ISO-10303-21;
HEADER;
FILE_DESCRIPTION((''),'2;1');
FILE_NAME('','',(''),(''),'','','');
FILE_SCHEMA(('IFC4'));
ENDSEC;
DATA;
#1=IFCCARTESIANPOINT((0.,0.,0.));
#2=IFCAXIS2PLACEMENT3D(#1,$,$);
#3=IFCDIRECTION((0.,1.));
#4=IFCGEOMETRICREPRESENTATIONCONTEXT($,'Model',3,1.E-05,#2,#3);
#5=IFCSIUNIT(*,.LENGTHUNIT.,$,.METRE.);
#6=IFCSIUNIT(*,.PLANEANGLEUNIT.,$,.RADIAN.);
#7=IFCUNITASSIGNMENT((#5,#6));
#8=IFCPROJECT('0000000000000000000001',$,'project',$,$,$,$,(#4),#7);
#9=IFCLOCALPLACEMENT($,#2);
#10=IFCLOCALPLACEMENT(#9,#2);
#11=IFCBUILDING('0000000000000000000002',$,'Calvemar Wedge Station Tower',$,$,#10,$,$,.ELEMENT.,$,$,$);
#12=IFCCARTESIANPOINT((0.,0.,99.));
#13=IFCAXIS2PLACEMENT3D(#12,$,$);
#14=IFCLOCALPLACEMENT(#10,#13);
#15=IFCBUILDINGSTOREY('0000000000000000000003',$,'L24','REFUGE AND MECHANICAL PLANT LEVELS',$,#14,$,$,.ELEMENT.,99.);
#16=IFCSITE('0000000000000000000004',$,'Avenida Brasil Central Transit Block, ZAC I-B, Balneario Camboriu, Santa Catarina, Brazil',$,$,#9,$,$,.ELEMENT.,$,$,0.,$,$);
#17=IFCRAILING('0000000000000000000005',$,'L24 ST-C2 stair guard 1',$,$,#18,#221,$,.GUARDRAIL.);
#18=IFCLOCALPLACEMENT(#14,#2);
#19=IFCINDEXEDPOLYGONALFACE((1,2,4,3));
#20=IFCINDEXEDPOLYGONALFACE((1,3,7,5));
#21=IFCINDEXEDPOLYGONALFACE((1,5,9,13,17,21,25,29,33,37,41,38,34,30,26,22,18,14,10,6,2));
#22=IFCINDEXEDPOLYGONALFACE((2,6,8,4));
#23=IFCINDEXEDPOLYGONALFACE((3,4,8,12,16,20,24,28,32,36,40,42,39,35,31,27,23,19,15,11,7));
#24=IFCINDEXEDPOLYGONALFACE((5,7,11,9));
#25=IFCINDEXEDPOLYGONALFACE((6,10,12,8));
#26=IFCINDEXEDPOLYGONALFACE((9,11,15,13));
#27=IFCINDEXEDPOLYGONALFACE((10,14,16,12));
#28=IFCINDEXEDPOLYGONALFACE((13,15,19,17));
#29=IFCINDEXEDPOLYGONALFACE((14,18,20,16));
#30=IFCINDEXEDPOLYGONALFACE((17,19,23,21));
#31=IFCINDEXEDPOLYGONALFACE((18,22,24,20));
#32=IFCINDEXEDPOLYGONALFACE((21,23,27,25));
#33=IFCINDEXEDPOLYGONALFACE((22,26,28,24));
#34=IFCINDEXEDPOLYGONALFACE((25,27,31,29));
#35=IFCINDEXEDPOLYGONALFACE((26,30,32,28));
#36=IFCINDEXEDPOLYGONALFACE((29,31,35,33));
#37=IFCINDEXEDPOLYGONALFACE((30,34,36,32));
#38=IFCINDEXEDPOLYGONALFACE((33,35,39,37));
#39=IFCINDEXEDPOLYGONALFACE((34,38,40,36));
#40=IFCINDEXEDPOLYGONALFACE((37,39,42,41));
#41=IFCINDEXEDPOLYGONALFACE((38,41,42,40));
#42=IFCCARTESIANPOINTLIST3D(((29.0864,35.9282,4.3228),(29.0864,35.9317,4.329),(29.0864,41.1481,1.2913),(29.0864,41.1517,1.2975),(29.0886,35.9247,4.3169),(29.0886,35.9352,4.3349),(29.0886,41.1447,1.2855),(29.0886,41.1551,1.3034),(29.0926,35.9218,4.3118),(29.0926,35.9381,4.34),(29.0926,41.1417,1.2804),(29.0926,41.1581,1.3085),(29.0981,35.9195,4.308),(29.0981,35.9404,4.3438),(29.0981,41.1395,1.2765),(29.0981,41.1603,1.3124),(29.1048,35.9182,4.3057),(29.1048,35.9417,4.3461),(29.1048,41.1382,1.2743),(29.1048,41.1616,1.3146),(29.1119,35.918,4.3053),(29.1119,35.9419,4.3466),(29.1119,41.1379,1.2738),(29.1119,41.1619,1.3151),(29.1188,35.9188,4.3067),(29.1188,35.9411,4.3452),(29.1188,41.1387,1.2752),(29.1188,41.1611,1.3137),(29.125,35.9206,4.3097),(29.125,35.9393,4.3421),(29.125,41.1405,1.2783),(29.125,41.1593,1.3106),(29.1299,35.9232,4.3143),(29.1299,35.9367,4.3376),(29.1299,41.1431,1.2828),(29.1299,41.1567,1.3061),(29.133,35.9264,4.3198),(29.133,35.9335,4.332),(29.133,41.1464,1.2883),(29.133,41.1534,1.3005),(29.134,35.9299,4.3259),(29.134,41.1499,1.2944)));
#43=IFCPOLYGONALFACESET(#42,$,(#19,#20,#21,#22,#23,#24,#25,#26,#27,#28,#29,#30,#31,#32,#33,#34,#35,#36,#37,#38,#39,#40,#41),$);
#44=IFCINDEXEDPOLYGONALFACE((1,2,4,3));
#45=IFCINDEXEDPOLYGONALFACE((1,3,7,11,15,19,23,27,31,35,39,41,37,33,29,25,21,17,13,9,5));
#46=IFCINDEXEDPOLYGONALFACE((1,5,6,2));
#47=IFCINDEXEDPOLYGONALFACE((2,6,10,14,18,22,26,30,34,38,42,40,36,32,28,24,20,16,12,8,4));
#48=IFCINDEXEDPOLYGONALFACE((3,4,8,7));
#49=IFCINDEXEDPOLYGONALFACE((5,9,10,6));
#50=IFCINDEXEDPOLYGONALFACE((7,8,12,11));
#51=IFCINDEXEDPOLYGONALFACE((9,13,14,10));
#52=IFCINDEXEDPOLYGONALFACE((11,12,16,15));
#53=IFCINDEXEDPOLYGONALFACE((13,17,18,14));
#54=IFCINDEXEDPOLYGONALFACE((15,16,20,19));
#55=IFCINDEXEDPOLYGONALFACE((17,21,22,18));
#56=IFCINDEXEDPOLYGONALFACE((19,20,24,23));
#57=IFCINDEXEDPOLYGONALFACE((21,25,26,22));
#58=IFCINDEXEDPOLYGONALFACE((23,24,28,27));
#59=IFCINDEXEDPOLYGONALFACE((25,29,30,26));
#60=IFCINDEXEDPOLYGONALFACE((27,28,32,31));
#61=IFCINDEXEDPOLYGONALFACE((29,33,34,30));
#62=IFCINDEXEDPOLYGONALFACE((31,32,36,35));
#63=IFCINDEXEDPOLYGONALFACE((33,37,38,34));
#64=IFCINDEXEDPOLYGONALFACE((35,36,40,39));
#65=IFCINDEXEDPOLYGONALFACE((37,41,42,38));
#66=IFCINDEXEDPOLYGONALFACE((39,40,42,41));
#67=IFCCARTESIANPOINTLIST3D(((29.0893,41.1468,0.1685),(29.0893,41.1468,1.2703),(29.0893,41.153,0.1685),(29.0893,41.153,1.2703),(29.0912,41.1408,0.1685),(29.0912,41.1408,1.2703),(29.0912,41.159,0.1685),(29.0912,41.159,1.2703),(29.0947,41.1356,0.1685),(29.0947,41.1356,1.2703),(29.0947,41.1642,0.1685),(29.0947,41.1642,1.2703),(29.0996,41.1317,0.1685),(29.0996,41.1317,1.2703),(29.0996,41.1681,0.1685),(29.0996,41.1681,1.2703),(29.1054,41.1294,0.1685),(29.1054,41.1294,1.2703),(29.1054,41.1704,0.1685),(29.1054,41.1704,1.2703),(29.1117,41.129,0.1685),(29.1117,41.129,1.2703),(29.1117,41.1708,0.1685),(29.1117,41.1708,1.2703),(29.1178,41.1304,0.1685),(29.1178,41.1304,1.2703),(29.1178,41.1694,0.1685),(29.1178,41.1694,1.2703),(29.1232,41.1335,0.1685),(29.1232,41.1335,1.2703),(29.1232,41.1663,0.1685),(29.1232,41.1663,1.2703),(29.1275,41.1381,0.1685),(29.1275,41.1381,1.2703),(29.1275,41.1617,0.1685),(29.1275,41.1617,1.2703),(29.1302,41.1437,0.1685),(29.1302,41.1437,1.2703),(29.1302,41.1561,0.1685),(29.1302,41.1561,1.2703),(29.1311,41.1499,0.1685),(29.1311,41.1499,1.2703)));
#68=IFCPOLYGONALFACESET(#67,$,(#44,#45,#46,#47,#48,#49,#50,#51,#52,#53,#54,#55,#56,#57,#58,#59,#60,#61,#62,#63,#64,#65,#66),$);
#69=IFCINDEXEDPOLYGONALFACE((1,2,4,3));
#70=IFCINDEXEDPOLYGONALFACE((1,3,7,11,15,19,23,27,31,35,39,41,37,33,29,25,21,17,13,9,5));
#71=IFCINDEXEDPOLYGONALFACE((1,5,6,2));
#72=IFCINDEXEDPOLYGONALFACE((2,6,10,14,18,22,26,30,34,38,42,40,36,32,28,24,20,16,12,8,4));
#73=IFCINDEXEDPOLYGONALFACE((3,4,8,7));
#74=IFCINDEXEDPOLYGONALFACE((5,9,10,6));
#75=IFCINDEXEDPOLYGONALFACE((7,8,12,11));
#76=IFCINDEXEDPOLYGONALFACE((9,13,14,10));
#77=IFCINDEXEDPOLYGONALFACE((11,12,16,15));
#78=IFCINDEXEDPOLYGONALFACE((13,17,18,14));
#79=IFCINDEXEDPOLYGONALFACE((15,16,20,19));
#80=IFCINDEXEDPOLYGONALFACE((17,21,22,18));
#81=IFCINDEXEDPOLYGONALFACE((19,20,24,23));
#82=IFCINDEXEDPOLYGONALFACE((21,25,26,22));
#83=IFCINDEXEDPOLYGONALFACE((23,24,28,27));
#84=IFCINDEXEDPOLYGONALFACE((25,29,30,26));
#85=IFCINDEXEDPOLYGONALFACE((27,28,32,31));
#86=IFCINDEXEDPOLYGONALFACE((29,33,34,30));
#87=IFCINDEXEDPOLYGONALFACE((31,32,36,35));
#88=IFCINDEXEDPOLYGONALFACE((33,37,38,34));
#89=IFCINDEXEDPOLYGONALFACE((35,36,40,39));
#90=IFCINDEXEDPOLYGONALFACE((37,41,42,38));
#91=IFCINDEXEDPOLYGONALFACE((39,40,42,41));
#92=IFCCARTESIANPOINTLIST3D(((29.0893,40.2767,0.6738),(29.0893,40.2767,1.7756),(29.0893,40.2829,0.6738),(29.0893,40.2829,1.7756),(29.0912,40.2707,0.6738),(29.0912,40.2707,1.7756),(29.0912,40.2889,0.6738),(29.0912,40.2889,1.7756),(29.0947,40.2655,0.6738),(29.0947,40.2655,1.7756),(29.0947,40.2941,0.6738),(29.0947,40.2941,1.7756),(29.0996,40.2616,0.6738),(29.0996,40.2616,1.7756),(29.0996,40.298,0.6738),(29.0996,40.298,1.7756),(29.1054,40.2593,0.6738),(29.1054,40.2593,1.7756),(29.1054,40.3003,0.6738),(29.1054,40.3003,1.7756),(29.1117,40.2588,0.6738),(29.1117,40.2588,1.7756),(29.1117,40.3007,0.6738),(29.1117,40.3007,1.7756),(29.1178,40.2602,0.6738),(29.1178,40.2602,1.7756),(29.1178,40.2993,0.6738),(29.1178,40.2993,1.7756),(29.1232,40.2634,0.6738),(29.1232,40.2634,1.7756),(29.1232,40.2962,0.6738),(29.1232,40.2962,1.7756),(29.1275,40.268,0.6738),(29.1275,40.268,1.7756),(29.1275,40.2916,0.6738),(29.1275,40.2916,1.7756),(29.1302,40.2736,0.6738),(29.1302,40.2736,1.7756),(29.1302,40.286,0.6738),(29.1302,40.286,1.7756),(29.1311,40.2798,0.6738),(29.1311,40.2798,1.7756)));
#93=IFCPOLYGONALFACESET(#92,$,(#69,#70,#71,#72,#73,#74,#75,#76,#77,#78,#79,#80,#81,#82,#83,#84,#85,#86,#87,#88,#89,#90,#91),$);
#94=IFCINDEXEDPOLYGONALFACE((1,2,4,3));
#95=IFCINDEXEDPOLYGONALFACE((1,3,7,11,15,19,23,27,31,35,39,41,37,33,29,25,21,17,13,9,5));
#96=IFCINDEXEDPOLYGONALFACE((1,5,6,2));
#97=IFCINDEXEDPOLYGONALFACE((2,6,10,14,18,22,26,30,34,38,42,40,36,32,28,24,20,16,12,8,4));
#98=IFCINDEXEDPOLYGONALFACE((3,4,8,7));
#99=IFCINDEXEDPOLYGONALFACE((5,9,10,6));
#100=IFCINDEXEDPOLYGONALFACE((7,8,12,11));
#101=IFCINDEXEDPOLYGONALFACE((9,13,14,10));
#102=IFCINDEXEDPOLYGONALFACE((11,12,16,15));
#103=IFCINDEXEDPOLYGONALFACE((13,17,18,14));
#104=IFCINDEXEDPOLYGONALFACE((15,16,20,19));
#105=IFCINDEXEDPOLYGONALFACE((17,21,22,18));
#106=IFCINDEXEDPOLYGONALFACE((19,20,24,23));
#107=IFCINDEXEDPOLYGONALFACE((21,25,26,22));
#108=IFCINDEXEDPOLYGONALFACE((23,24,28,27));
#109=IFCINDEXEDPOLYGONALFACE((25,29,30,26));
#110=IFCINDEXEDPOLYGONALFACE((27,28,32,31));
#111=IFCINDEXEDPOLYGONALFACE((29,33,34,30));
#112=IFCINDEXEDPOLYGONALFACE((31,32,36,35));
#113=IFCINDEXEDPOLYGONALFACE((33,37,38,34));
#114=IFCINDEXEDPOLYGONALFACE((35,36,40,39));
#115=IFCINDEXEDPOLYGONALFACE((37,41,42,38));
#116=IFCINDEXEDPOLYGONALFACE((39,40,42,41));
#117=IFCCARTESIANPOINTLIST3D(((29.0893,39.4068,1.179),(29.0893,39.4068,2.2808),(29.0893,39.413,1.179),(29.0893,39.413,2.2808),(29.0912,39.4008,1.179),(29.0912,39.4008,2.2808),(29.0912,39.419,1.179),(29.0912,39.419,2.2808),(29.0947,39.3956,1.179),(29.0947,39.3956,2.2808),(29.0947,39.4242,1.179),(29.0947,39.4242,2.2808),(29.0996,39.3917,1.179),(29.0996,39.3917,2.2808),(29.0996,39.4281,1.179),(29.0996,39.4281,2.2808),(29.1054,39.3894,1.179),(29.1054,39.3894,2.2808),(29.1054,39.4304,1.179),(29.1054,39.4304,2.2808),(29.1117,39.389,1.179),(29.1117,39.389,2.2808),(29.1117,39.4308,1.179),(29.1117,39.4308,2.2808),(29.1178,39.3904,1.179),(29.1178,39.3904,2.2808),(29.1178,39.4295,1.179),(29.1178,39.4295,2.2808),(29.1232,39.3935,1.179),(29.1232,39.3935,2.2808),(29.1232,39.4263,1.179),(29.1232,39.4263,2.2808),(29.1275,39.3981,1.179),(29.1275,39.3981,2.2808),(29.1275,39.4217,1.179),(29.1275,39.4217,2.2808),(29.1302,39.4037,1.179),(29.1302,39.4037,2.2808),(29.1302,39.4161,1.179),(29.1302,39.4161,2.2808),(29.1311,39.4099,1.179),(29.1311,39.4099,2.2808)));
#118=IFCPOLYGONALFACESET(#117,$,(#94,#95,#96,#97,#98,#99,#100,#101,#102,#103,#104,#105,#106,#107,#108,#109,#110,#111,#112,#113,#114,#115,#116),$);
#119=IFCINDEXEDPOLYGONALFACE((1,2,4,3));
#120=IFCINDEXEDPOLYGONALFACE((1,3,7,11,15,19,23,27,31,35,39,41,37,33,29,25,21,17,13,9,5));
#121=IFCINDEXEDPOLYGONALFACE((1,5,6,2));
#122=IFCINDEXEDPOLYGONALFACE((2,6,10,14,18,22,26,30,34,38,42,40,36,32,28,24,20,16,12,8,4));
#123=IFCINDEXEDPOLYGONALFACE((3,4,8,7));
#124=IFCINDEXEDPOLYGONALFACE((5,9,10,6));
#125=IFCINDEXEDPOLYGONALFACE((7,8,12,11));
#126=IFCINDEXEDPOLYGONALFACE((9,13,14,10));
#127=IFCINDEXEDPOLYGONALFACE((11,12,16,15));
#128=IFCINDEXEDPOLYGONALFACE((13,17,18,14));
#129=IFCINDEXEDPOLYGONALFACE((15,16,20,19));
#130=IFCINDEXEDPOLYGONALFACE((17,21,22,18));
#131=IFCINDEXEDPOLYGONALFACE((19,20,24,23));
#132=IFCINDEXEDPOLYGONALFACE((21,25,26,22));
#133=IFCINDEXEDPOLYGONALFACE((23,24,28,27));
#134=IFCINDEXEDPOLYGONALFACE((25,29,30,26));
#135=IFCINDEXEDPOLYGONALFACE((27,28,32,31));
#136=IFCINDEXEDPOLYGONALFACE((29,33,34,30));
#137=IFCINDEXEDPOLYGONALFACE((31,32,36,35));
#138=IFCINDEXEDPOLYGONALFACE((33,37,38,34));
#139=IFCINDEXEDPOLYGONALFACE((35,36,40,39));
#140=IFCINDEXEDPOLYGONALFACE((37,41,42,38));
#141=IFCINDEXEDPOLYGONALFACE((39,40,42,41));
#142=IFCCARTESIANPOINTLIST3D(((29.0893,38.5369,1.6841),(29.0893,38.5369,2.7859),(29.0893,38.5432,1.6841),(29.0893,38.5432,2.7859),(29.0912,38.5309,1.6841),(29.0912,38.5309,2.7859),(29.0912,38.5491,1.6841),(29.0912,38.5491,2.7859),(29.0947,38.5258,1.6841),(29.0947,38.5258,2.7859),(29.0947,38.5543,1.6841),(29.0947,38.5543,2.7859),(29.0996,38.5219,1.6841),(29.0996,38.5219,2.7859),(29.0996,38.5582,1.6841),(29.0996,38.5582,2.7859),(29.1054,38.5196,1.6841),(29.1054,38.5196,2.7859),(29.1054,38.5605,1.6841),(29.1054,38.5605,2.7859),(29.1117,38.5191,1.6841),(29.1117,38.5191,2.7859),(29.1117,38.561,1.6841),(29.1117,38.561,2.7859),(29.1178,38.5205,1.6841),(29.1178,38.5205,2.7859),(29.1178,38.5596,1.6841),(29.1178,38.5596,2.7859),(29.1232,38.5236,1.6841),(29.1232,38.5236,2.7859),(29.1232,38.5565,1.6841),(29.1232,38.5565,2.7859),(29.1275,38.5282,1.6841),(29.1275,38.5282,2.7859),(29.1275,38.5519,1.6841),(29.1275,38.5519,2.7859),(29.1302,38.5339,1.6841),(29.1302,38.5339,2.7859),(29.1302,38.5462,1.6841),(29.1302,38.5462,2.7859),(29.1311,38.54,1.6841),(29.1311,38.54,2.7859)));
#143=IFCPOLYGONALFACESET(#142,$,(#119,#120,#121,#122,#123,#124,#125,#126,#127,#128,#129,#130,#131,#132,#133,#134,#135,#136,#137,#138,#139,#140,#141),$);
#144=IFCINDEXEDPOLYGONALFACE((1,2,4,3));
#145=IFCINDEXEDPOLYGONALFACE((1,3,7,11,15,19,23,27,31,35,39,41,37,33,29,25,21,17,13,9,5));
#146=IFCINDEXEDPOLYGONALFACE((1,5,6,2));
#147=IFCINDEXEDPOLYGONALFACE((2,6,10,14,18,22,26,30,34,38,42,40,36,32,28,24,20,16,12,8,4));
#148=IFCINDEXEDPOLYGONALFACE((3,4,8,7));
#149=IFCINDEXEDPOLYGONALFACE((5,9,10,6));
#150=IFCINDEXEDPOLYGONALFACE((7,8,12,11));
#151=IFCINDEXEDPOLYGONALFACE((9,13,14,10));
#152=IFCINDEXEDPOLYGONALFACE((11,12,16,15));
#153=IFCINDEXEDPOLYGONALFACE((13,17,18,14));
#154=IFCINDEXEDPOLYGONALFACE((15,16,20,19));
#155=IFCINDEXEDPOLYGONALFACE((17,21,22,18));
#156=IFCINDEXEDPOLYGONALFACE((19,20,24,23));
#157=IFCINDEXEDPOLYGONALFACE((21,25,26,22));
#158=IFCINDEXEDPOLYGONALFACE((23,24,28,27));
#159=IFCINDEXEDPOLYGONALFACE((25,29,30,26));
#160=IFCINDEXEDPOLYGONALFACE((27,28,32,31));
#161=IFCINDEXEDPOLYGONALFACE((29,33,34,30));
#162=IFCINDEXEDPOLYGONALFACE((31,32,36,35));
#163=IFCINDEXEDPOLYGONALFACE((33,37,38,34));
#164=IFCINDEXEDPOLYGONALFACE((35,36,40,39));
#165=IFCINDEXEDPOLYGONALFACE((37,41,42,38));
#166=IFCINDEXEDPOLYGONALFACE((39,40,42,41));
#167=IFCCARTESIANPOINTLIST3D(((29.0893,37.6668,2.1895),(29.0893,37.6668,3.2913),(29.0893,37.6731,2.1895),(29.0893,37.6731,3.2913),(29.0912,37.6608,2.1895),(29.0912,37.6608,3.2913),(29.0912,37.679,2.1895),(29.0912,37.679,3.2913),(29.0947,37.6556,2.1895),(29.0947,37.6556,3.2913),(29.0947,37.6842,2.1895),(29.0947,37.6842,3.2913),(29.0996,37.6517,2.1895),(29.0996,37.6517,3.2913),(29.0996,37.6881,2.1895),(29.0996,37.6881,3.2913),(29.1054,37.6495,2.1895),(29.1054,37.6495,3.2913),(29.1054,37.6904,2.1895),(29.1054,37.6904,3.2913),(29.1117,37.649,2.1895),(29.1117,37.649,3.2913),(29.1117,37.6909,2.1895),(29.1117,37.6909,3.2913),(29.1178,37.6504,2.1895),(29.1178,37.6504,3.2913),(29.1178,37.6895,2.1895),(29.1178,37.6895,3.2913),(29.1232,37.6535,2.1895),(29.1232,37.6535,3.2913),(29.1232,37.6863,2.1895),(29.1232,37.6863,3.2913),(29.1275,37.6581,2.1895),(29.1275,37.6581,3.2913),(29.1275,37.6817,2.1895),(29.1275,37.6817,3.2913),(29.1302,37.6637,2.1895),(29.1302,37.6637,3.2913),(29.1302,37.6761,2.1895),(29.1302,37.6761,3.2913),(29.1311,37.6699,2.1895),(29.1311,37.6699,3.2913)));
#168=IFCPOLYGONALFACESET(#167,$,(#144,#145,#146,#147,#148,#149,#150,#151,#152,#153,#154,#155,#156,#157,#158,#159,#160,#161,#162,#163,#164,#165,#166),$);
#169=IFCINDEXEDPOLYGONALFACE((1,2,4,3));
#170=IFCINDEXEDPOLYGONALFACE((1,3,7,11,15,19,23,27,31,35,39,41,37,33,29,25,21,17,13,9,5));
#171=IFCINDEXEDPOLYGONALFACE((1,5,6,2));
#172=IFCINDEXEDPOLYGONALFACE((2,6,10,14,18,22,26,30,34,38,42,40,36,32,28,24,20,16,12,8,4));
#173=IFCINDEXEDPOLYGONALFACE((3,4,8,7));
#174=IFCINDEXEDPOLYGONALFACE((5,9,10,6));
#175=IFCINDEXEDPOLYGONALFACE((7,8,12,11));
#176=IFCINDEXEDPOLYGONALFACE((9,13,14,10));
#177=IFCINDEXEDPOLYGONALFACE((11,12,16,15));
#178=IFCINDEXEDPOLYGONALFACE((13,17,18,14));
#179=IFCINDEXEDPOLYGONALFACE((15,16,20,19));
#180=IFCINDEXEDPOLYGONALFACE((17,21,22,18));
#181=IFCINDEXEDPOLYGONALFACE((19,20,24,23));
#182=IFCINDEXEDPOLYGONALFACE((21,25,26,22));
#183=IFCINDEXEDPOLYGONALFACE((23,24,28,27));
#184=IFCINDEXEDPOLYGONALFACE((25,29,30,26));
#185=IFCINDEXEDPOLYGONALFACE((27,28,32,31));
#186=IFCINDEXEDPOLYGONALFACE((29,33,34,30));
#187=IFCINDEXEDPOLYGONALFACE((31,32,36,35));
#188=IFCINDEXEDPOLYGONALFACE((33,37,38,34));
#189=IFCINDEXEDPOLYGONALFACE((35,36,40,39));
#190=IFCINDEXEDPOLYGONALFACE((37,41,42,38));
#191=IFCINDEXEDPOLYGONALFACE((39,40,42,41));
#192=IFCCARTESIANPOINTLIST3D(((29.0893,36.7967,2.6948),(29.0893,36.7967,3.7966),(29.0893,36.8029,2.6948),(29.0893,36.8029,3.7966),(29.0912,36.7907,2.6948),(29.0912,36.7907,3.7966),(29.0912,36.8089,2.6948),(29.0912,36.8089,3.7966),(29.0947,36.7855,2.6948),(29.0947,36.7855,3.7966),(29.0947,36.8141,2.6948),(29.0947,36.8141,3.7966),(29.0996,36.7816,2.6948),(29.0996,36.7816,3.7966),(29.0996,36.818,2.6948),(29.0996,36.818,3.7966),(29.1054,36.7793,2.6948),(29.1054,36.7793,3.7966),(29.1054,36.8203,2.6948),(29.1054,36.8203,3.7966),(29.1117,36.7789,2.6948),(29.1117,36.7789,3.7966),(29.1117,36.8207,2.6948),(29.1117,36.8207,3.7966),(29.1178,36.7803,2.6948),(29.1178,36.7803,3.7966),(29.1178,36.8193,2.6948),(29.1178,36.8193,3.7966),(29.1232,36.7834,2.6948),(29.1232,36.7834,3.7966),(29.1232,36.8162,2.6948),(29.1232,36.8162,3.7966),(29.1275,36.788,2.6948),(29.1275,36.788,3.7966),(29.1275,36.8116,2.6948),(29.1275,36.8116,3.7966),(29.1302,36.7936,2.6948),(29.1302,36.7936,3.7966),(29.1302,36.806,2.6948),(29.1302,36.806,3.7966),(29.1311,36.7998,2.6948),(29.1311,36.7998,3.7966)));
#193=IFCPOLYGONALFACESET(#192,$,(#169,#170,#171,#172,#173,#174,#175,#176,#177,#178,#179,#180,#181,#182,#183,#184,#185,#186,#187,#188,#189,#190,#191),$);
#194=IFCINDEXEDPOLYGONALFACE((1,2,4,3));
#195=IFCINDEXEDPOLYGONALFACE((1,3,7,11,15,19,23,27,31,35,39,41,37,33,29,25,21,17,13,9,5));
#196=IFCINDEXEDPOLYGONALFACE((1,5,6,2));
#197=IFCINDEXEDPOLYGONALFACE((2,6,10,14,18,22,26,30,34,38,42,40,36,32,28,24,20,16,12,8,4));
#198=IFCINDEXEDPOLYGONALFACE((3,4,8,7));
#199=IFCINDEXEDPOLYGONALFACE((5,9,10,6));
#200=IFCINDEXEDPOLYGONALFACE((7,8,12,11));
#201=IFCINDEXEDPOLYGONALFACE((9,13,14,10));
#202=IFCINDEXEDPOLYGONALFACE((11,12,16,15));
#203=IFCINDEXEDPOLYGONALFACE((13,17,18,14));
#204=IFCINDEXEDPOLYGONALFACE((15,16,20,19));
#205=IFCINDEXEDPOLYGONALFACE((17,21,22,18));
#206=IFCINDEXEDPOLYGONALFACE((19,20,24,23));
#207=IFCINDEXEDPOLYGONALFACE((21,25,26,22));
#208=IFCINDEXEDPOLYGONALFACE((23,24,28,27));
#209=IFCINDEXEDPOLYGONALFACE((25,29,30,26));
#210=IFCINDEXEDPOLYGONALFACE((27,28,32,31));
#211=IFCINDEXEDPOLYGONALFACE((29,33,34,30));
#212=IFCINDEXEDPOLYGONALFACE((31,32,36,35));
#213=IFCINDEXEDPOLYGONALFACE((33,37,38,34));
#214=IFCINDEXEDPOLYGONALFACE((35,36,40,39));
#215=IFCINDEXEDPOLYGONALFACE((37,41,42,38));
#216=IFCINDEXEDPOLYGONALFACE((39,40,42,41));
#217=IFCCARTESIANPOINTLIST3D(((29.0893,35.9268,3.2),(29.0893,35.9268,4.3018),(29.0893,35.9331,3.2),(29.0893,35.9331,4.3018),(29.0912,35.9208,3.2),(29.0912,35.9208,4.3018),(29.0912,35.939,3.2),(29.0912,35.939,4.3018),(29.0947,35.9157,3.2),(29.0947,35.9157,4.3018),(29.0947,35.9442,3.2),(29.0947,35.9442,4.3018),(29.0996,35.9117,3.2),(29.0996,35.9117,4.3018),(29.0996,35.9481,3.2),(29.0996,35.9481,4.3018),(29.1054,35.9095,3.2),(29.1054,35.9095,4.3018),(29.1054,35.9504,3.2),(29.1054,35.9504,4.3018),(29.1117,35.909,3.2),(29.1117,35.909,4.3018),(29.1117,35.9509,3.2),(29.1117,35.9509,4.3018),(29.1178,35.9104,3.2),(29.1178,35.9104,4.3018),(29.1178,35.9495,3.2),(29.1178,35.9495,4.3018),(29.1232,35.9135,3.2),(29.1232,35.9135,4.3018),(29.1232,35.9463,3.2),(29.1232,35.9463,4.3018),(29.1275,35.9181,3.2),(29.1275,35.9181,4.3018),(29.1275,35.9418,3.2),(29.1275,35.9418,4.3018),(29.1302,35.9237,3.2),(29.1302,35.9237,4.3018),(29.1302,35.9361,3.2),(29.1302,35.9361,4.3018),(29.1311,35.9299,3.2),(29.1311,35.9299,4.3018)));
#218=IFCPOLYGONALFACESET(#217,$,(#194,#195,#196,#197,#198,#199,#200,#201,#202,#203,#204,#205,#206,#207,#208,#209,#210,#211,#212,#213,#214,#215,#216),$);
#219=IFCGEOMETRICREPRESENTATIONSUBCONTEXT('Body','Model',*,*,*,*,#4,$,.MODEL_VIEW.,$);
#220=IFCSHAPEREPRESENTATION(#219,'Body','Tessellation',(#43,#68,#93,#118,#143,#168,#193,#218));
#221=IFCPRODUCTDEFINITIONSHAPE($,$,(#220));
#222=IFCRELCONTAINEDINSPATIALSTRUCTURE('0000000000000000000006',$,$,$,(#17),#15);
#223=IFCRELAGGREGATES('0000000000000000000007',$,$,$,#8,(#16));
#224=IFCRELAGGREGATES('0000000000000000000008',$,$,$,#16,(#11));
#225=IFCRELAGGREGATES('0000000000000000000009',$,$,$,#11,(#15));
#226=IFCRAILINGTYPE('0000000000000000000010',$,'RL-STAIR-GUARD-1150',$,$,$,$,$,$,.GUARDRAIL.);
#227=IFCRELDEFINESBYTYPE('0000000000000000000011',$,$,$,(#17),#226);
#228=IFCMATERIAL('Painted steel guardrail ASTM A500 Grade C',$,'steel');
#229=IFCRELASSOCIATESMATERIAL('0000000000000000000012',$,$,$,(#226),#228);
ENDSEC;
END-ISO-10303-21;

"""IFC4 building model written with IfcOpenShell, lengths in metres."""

from ifc_helpers import new_model, si_unit, direction, frame, origin, origin_2d, place, context, subcontext, project, spatial, circle, extrude, material, type_object, element, save


model = new_model("IFC4")

# Units and contexts
model_context = context("Model", 3, precision=1e-05, world=origin(), true_north=direction((0.0, 1.0)))
body_context = subcontext(model_context, "Body", "Model", "MODEL_VIEW")
ifc_project = project(units=[si_unit("LENGTHUNIT", "METRE"), si_unit("PLANEANGLEUNIT", "RADIAN")], contexts=[model_context])

# Site, building, storey
site_placement = place(None, origin())
site = spatial("IfcSite", under=ifc_project, at=site_placement, Name="Avenida Brasil Central Transit Block, ZAC I-B, Balneario Camboriu, Santa Catarina, Brazil", CompositionType="ELEMENT", RefElevation=0.0)
building_placement = place(site_placement, origin())
building = spatial("IfcBuilding", under=site, at=building_placement, Name="Calvemar Wedge Station Tower", CompositionType="ELEMENT")
storey_placement = place(building_placement, frame((0.0, 0.0, 99.0)))
storey = spatial("IfcBuildingStorey", under=building, at=storey_placement, Name="L24", Description="REFUGE AND MECHANICAL PLANT LEVELS", CompositionType="ELEMENT", Elevation=99.0)

# Railing
ifc_material_1 = material(Name="Painted steel guardrail ASTM A500 Grade C", Category="steel")
railing_type_1 = type_object("IfcRailingType", Name="RL-STAIR-GUARD-1150", PredefinedType="GUARDRAIL", material=ifc_material_1)
railing_1_placement = place(storey_placement, frame((29.1101, 41.1499, 0.1685)))
element("IfcRailing", 1, at=railing_1_placement, inside=storey, type_object=railing_type_1, Name="L24 ST-C2 stair guard 1", PredefinedType="GUARDRAIL", context=body_context, shape_type="SweptSolid", body=[
    extrude(circle(Radius=0.0239, at=origin_2d()), frame((0.0, 0.0, 1.126), z_axis=(0.0, -0.86475, 0.502203), x_axis=(1.0, 0.0, 0.0)), (0.0, 0.0, 1.0), 6.0364),
    extrude(circle(Radius=0.021, at=origin_2d()), origin(), (0.0, 0.0, 1.0), 1.1018),
    extrude(circle(Radius=0.021, at=origin_2d()), frame((0.0, -0.8701, 0.5054)), (0.0, 0.0, 1.0), 1.1018),
    extrude(circle(Radius=0.021, at=origin_2d()), frame((0.0, -1.74, 1.0105)), (0.0, 0.0, 1.0), 1.1018),
    extrude(circle(Radius=0.021, at=origin_2d()), frame((0.0, -2.6099, 1.5156)), (0.0, 0.0, 1.0), 1.1018),
    extrude(circle(Radius=0.021, at=origin_2d()), frame((0.0, -3.48, 2.021)), (0.0, 0.0, 1.0), 1.1018),
    extrude(circle(Radius=0.021, at=origin_2d()), frame((0.0, -4.3501, 2.5264)), (0.0, 0.0, 1.0), 1.1018),
    extrude(circle(Radius=0.021, at=origin_2d()), frame((0.0, -5.22, 3.0315)), (0.0, 0.0, 1.0), 1.1018),
])

save(model, "model.ifc")
